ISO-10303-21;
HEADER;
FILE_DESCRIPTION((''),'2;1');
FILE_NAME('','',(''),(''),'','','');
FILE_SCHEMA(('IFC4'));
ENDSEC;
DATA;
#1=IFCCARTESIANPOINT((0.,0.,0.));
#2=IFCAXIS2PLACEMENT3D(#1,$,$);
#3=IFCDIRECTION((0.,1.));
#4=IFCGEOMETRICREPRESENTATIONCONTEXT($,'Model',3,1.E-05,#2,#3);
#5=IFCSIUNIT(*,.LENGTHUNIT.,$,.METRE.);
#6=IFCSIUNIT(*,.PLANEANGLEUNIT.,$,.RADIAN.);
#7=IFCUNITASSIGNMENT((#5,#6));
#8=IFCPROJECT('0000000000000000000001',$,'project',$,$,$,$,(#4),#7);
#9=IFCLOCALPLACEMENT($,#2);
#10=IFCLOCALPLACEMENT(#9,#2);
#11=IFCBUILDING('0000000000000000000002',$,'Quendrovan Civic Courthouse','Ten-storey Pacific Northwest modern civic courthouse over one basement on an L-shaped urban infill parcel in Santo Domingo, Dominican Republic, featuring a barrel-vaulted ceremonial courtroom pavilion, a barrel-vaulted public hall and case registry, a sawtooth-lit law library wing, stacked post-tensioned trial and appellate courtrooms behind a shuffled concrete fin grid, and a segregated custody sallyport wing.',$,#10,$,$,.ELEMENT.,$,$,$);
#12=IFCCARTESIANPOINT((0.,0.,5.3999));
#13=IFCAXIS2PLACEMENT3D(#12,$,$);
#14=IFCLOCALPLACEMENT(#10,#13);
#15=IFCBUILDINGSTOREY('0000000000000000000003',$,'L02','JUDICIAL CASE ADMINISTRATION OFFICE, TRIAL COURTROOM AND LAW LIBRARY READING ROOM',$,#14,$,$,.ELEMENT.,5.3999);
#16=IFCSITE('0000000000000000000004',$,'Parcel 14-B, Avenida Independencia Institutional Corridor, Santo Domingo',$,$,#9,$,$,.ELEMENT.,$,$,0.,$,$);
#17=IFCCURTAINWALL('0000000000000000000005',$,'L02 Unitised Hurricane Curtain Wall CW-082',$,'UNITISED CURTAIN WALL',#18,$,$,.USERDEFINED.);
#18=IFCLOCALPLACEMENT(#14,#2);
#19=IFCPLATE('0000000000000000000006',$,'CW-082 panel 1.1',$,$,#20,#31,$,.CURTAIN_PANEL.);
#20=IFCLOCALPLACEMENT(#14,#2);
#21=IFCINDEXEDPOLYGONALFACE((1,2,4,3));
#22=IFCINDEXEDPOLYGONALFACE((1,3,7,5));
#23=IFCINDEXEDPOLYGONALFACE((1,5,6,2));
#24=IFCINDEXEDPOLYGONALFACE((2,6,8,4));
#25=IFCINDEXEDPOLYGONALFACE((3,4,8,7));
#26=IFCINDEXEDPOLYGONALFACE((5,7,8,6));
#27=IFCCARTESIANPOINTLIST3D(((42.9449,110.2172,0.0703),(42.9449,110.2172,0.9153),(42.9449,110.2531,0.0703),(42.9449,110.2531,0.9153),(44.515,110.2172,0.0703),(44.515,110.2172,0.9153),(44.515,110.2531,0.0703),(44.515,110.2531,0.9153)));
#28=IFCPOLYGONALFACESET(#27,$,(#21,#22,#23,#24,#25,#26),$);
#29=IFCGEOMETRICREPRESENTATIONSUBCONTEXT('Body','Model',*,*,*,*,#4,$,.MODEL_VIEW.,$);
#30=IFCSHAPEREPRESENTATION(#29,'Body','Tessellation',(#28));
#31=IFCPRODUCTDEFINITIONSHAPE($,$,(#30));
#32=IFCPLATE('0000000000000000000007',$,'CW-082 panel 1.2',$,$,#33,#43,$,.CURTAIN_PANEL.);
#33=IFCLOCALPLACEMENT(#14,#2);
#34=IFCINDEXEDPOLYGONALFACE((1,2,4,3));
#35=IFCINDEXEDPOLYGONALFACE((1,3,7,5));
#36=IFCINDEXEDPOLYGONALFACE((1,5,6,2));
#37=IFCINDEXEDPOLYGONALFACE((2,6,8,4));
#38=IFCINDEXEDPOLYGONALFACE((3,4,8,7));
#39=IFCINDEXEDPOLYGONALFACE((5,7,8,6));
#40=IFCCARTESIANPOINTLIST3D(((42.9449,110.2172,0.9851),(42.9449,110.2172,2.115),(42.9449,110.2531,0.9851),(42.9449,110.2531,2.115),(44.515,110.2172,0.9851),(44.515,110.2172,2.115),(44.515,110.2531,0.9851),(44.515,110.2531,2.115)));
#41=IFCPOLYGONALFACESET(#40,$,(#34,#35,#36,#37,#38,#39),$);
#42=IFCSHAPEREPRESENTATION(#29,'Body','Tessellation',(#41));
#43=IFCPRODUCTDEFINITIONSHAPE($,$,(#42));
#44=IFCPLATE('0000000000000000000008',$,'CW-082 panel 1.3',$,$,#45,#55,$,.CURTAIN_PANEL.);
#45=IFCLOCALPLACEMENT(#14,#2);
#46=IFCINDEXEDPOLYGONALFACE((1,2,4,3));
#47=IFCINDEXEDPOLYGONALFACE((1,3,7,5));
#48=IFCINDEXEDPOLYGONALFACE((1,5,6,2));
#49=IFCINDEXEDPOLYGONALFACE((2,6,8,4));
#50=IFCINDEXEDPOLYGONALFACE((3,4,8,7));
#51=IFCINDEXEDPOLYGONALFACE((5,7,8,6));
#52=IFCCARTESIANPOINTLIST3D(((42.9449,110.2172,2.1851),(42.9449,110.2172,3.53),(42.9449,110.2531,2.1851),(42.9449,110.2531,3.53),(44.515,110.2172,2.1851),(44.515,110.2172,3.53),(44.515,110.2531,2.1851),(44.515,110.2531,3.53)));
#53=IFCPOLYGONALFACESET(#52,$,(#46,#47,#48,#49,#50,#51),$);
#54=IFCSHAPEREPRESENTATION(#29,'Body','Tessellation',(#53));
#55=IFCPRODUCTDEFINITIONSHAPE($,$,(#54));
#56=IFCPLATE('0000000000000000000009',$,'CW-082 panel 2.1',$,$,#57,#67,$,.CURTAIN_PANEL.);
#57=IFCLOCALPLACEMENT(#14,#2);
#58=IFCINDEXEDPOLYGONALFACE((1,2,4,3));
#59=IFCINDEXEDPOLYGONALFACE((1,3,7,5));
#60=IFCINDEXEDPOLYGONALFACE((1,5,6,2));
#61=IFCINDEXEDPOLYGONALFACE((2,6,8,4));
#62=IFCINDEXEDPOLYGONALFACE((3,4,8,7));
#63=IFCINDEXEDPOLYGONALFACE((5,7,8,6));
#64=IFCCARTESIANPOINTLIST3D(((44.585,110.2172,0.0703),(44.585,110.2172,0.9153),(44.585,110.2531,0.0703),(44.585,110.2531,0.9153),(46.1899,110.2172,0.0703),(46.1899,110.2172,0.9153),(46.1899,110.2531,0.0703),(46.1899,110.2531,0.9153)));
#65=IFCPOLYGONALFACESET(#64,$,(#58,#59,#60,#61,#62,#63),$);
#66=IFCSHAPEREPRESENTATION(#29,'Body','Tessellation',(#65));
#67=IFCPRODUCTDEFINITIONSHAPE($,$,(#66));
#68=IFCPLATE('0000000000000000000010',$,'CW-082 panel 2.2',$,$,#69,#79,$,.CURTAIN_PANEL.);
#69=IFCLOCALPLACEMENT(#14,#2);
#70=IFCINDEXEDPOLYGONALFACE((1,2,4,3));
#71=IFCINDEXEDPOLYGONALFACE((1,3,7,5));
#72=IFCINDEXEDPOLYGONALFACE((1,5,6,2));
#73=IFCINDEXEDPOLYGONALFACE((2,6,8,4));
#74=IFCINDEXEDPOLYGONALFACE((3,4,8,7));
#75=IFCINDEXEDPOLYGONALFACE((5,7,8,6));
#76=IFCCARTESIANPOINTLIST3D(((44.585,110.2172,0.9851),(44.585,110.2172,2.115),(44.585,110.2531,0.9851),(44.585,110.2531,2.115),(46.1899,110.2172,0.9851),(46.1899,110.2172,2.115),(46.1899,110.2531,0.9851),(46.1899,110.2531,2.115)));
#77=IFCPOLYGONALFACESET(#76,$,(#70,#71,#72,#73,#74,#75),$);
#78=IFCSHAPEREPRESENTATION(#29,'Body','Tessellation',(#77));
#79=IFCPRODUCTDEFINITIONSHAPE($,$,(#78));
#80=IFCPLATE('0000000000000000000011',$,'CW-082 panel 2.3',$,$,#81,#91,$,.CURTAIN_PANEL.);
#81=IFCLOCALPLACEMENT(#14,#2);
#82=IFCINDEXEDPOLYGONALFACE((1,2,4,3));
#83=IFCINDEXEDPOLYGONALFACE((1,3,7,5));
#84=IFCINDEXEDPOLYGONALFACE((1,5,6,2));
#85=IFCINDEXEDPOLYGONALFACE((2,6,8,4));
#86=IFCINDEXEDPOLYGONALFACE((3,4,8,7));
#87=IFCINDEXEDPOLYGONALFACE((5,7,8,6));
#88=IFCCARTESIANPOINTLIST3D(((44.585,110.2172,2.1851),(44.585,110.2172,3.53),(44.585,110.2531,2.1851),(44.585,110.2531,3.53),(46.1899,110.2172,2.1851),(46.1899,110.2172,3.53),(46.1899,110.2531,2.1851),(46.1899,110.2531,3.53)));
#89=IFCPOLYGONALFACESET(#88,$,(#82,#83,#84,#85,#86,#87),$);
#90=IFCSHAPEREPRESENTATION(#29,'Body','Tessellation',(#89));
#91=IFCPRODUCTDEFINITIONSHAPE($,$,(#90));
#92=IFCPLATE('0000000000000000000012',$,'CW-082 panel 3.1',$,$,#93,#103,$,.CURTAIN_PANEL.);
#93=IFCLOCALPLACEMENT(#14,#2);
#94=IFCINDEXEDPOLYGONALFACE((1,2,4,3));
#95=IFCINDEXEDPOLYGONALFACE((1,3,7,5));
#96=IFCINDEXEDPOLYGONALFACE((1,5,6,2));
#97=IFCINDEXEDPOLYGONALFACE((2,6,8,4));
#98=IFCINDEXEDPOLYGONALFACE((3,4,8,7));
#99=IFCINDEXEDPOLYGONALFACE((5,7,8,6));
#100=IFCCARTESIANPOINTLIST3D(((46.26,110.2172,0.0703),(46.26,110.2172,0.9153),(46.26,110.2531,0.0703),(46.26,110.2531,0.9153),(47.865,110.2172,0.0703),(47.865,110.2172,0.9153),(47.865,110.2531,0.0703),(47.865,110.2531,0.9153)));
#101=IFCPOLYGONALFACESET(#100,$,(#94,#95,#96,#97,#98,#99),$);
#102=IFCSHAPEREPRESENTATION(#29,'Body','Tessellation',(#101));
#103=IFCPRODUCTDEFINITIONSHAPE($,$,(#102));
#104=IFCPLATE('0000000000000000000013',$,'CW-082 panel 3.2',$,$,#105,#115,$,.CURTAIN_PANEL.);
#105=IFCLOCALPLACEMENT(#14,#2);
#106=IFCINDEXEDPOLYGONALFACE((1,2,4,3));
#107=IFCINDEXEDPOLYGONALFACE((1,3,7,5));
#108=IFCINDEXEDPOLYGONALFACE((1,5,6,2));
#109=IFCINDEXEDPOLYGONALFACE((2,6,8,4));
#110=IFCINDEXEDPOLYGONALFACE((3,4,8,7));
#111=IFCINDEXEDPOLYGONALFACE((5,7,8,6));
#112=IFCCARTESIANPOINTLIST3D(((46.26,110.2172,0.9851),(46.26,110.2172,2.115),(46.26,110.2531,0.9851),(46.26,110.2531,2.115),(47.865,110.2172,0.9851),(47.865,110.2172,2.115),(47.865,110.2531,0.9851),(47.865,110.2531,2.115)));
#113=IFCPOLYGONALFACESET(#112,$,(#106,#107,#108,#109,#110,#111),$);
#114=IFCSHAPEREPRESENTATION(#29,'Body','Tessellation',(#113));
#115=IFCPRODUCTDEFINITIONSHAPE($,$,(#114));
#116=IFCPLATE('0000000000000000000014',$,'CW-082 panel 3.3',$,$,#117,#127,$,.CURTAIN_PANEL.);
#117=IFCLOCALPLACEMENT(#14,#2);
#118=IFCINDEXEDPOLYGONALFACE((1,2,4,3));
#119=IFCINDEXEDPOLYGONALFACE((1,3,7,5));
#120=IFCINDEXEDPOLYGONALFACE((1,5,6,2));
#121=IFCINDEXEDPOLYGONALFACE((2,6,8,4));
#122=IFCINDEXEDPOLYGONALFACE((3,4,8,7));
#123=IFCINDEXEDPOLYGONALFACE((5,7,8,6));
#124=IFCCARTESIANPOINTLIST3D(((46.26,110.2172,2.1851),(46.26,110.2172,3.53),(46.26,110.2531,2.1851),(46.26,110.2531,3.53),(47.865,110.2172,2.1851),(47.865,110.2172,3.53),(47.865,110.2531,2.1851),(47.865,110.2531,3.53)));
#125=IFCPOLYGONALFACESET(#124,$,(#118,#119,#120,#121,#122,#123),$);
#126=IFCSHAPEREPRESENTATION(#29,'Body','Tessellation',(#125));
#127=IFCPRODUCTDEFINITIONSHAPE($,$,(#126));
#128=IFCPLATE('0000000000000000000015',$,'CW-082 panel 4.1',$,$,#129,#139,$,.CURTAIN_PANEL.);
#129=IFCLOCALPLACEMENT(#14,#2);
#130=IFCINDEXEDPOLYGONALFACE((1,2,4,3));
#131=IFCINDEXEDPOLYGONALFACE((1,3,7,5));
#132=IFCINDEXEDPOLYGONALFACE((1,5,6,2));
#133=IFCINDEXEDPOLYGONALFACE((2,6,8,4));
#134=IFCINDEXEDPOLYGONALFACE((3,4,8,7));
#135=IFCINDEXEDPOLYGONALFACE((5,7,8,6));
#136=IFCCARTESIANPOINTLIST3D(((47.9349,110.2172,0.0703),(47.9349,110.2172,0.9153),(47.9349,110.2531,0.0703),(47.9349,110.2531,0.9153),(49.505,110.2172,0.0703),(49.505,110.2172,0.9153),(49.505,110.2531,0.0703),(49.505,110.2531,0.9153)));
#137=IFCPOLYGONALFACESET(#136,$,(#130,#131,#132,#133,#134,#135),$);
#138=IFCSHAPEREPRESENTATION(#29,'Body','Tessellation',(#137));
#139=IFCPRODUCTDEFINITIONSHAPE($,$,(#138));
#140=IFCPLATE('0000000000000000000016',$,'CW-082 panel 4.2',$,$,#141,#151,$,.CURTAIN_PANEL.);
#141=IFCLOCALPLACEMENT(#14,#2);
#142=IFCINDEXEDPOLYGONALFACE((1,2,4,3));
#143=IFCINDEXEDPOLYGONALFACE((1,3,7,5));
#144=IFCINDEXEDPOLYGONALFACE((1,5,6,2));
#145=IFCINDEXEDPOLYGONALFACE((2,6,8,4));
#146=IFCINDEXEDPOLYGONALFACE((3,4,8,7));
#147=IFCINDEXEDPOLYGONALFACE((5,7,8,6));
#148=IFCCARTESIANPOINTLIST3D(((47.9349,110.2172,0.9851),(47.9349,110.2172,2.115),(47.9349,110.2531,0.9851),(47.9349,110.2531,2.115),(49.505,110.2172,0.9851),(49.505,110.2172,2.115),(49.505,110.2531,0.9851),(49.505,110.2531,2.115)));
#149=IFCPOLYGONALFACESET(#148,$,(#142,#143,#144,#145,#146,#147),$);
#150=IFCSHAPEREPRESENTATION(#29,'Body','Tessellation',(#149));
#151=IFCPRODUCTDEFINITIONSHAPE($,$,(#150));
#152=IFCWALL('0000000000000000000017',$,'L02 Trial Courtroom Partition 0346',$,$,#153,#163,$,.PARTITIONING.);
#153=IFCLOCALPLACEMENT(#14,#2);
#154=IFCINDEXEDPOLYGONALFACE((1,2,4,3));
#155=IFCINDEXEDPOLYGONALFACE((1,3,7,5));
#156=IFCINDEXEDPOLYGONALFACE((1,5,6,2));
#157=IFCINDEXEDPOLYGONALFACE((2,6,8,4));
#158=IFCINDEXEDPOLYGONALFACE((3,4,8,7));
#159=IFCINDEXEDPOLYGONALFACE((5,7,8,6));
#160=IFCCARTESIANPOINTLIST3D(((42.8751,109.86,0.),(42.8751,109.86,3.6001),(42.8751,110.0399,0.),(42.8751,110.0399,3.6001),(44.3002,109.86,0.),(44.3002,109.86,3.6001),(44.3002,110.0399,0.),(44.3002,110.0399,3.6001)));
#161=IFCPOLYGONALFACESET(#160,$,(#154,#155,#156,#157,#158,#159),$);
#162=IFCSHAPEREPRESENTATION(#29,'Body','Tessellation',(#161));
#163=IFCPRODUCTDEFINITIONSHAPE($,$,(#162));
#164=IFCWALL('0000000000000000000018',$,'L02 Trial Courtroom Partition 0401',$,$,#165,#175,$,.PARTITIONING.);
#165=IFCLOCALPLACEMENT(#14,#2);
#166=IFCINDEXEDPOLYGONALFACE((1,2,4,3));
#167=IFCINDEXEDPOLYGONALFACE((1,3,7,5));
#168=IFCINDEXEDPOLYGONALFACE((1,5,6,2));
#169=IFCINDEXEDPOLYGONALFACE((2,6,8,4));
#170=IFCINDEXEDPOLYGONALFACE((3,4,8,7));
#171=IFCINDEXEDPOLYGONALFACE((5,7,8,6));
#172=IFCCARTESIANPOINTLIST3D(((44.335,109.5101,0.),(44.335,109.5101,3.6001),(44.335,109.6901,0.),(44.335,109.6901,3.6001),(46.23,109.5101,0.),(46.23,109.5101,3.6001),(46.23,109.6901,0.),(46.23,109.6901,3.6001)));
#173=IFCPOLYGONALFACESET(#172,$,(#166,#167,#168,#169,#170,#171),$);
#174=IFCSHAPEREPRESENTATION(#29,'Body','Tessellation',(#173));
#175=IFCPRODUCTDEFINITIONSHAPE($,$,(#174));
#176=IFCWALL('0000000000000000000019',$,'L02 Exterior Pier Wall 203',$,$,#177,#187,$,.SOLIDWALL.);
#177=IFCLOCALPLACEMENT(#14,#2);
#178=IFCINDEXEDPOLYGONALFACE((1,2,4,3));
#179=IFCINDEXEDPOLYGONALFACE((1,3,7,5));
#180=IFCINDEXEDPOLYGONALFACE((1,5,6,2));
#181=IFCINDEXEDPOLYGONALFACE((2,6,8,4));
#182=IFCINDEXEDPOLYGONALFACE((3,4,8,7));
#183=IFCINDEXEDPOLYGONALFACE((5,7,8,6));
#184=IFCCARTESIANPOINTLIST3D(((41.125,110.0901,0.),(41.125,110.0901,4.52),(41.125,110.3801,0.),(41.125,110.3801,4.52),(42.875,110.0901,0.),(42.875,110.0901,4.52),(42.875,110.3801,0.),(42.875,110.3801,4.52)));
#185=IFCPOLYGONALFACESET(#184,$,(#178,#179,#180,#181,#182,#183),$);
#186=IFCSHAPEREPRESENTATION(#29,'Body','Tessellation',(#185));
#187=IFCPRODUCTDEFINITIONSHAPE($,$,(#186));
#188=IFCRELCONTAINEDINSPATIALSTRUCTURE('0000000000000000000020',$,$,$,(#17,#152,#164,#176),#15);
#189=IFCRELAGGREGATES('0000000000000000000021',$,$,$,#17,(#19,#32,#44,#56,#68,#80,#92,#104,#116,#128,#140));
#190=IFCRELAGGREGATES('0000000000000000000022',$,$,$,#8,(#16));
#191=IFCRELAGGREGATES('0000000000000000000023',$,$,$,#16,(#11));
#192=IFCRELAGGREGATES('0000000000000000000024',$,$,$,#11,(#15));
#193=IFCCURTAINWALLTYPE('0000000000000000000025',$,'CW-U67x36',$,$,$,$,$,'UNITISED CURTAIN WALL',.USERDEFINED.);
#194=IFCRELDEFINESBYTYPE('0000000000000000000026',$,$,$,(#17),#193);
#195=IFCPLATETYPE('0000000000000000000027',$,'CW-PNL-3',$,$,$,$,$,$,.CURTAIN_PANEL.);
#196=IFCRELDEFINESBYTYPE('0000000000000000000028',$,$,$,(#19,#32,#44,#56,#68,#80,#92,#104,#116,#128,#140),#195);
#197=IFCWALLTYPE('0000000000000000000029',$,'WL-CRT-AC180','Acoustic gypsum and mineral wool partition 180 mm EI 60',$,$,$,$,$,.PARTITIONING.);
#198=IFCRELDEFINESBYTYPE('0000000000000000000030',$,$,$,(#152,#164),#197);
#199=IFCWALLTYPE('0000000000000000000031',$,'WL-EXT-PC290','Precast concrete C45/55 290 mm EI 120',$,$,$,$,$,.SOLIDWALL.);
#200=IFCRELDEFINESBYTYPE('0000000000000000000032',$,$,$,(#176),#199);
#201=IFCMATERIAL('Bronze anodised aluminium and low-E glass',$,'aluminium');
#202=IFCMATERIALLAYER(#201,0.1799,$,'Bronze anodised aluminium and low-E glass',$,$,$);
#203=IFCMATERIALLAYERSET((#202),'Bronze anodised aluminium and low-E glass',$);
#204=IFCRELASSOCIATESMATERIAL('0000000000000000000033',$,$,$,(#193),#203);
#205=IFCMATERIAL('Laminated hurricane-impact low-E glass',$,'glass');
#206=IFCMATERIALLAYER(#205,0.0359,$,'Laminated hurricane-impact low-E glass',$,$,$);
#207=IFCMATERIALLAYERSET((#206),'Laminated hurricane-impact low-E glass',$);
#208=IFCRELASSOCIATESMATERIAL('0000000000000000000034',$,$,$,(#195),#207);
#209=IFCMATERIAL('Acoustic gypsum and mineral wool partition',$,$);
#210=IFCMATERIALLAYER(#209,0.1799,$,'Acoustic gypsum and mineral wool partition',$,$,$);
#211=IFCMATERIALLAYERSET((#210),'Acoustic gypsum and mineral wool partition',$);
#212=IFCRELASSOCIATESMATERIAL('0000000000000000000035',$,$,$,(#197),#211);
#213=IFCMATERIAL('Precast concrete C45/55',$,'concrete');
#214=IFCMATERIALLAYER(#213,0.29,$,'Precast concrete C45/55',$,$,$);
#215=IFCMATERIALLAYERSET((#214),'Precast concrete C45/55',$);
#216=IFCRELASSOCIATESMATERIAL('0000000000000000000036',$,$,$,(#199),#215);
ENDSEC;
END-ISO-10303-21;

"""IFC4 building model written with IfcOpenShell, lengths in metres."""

from ifc_helpers import new_model, si_unit, direction, frame, frame_2d, origin, origin_2d, place, context, subcontext, project, spatial, rectangle, extrude, material, layer, layer_set, type_object, element, aggregate, save


model = new_model("IFC4")

# Units and contexts
model_context = context("Model", 3, precision=1e-05, world=origin(), true_north=direction((0.0, 1.0)))
body_context = subcontext(model_context, "Body", "Model", "MODEL_VIEW")
ifc_project = project(units=[si_unit("LENGTHUNIT", "METRE"), si_unit("PLANEANGLEUNIT", "RADIAN")], contexts=[model_context])

# Site, building, storey
site_placement = place(None, origin())
site = spatial("IfcSite", under=ifc_project, at=site_placement, Name="Parcel 14-B, Avenida Independencia Institutional Corridor, Santo Domingo", CompositionType="ELEMENT", RefElevation=0.0)
building_placement = place(site_placement, origin())
building = spatial("IfcBuilding", under=site, at=building_placement, Name="Quendrovan Civic Courthouse", Description="Ten-storey Pacific Northwest modern civic courthouse over one basement on an L-shaped urban infill parcel in Santo Domingo, Dominican Republic, featuring a barrel-vaulted ceremonial courtroom pavilion, a barrel-vaulted public hall and case registry, a sawtooth-lit law library wing, stacked post-tensioned trial and appellate courtrooms behind a shuffled concrete fin grid, and a segregated custody sallyport wing.", CompositionType="ELEMENT")
storey_placement = place(building_placement, frame((0.0, 0.0, 5.3999)))
storey = spatial("IfcBuildingStorey", under=building, at=storey_placement, Name="L02", Description="JUDICIAL CASE ADMINISTRATION OFFICE, TRIAL COURTROOM AND LAW LIBRARY READING ROOM", CompositionType="ELEMENT", Elevation=5.3999)

# Curtain wall, plates
ifc_material_1 = material(Name="Bronze anodised aluminium and low-E glass", Category="aluminium")
ifc_layer_1 = layer(ifc_material_1, 0.1799, Name="Bronze anodised aluminium and low-E glass")
ifc_layer_set_1 = layer_set([ifc_layer_1], Name="Bronze anodised aluminium and low-E glass")
curtain_wall_type = type_object("IfcCurtainWallType", Name="CW-U67x36", ElementType="UNITISED CURTAIN WALL", PredefinedType="USERDEFINED", material=ifc_layer_set_1)
curtain_wall_placement = place(storey_placement, origin())
curtain_wall = element("IfcCurtainWall", 1, at=curtain_wall_placement, inside=storey, type_object=curtain_wall_type, Name="L02 Unitised Hurricane Curtain Wall CW-082", ObjectType="UNITISED CURTAIN WALL", PredefinedType="USERDEFINED")
ifc_material_2 = material(Name="Laminated hurricane-impact low-E glass", Category="glass")
ifc_layer_2 = layer(ifc_material_2, 0.0359, Name="Laminated hurricane-impact low-E glass")
ifc_layer_set_2 = layer_set([ifc_layer_2], Name="Laminated hurricane-impact low-E glass")
plate_type = type_object("IfcPlateType", Name="CW-PNL-3", PredefinedType="CURTAIN_PANEL", material=ifc_layer_set_2)
plate_1_placement = place(storey_placement, frame((43.73, 110.2351, 0.0703), z_axis=(0.0, 0.0, 1.0), x_axis=(1.0, 0.0, 0.0)))
plate_1 = element("IfcPlate", 2, at=plate_1_placement, type_object=plate_type, Name="CW-082 panel 1.1", PredefinedType="CURTAIN_PANEL", context=body_context, shape_type="SweptSolid", body=[
    extrude(rectangle(XDim=1.5701, YDim=0.0359, at=origin_2d()), origin(), (0.0, 0.0, 1.0), 0.845),
])
plate_2_placement = place(storey_placement, frame((43.73, 110.2351, 0.9851), z_axis=(0.0, 0.0, 1.0), x_axis=(1.0, 0.0, 0.0)))
plate_2 = element("IfcPlate", 3, at=plate_2_placement, type_object=plate_type, Name="CW-082 panel 1.2", PredefinedType="CURTAIN_PANEL", context=body_context, shape_type="SweptSolid", body=[
    extrude(rectangle(XDim=1.5701, YDim=0.0359, at=origin_2d()), origin(), (0.0, 0.0, 1.0), 1.1299),
])
plate_3_placement = place(storey_placement, frame((43.73, 110.2351, 2.1851), z_axis=(0.0, 0.0, 1.0), x_axis=(1.0, 0.0, 0.0)))
plate_3 = element("IfcPlate", 4, at=plate_3_placement, type_object=plate_type, Name="CW-082 panel 1.3", PredefinedType="CURTAIN_PANEL", context=body_context, shape_type="SweptSolid", body=[
    extrude(rectangle(XDim=1.5701, YDim=0.0359, at=origin_2d()), origin(), (0.0, 0.0, 1.0), 1.345),
])
plate_4_placement = place(storey_placement, frame((45.3875, 110.2351, 0.0703), z_axis=(0.0, 0.0, 1.0), x_axis=(1.0, 0.0, 0.0)))
plate_4 = element("IfcPlate", 5, at=plate_4_placement, type_object=plate_type, Name="CW-082 panel 2.1", PredefinedType="CURTAIN_PANEL", context=body_context, shape_type="SweptSolid", body=[
    extrude(rectangle(XDim=1.605, YDim=0.0359, at=origin_2d()), origin(), (0.0, 0.0, 1.0), 0.845),
])
plate_5_placement = place(storey_placement, frame((45.3875, 110.2351, 0.9851), z_axis=(0.0, 0.0, 1.0), x_axis=(1.0, 0.0, 0.0)))
plate_5 = element("IfcPlate", 6, at=plate_5_placement, type_object=plate_type, Name="CW-082 panel 2.2", PredefinedType="CURTAIN_PANEL", context=body_context, shape_type="SweptSolid", body=[
    extrude(rectangle(XDim=1.605, YDim=0.0359, at=origin_2d()), origin(), (0.0, 0.0, 1.0), 1.1299),
])
plate_6_placement = place(storey_placement, frame((45.3875, 110.2351, 2.1851), z_axis=(0.0, 0.0, 1.0), x_axis=(1.0, 0.0, 0.0)))
plate_6 = element("IfcPlate", 7, at=plate_6_placement, type_object=plate_type, Name="CW-082 panel 2.3", PredefinedType="CURTAIN_PANEL", context=body_context, shape_type="SweptSolid", body=[
    extrude(rectangle(XDim=1.605, YDim=0.0359, at=origin_2d()), origin(), (0.0, 0.0, 1.0), 1.345),
])
plate_7_placement = place(storey_placement, frame((47.0625, 110.2351, 0.0703), z_axis=(0.0, 0.0, 1.0), x_axis=(1.0, 0.0, 0.0)))
plate_7 = element("IfcPlate", 8, at=plate_7_placement, type_object=plate_type, Name="CW-082 panel 3.1", PredefinedType="CURTAIN_PANEL", context=body_context, shape_type="SweptSolid", body=[
    extrude(rectangle(XDim=1.605, YDim=0.0359, at=origin_2d()), origin(), (0.0, 0.0, 1.0), 0.845),
])
plate_8_placement = place(storey_placement, frame((47.0625, 110.2351, 0.9851), z_axis=(0.0, 0.0, 1.0), x_axis=(1.0, 0.0, 0.0)))
plate_8 = element("IfcPlate", 9, at=plate_8_placement, type_object=plate_type, Name="CW-082 panel 3.2", PredefinedType="CURTAIN_PANEL", context=body_context, shape_type="SweptSolid", body=[
    extrude(rectangle(XDim=1.605, YDim=0.0359, at=origin_2d()), origin(), (0.0, 0.0, 1.0), 1.1299),
])
plate_9_placement = place(storey_placement, frame((47.0625, 110.2351, 2.1851), z_axis=(0.0, 0.0, 1.0), x_axis=(1.0, 0.0, 0.0)))
plate_9 = element("IfcPlate", 10, at=plate_9_placement, type_object=plate_type, Name="CW-082 panel 3.3", PredefinedType="CURTAIN_PANEL", context=body_context, shape_type="SweptSolid", body=[
    extrude(rectangle(XDim=1.605, YDim=0.0359, at=origin_2d()), origin(), (0.0, 0.0, 1.0), 1.345),
])
plate_10_placement = place(storey_placement, frame((48.72, 110.2351, 0.0703), z_axis=(0.0, 0.0, 1.0), x_axis=(1.0, 0.0, 0.0)))
plate_10 = element("IfcPlate", 11, at=plate_10_placement, type_object=plate_type, Name="CW-082 panel 4.1", PredefinedType="CURTAIN_PANEL", context=body_context, shape_type="SweptSolid", body=[
    extrude(rectangle(XDim=1.5701, YDim=0.0359, at=origin_2d()), origin(), (0.0, 0.0, 1.0), 0.845),
])
plate_11_placement = place(storey_placement, frame((48.72, 110.2351, 0.9851), z_axis=(0.0, 0.0, 1.0), x_axis=(1.0, 0.0, 0.0)))
plate_11 = element("IfcPlate", 12, at=plate_11_placement, type_object=plate_type, Name="CW-082 panel 4.2", PredefinedType="CURTAIN_PANEL", context=body_context, shape_type="SweptSolid", body=[
    extrude(rectangle(XDim=1.5701, YDim=0.0359, at=origin_2d()), origin(), (0.0, 0.0, 1.0), 1.1299),
])
aggregate(curtain_wall, [plate_1, plate_2, plate_3, plate_4, plate_5, plate_6, plate_7, plate_8, plate_9, plate_10, plate_11])

# Walls
ifc_material_3 = material(Name="Acoustic gypsum and mineral wool partition")
ifc_layer_3 = layer(ifc_material_3, 0.1799, Name="Acoustic gypsum and mineral wool partition")
ifc_layer_set_3 = layer_set([ifc_layer_3], Name="Acoustic gypsum and mineral wool partition")
wall_type_1 = type_object("IfcWallType", Name="WL-CRT-AC180", Description="Acoustic gypsum and mineral wool partition 180 mm EI 60", PredefinedType="PARTITIONING", material=ifc_layer_set_3)
wall_1_placement = place(storey_placement, frame((44.3, 109.95, 0.0), z_axis=(0.0, 0.0, 1.0), x_axis=(-1.0, 0.0, 0.0)))
element("IfcWall", 13, at=wall_1_placement, inside=storey, type_object=wall_type_1, Name="L02 Trial Courtroom Partition 0346", PredefinedType="PARTITIONING", context=body_context, shape_type="SweptSolid", body=[
    extrude(rectangle(XDim=1.425, YDim=0.1799, at=frame_2d((0.7124, 0.0))), origin(), (0.0, 0.0, 1.0), 3.6001),
])
wall_2_placement = place(storey_placement, frame((46.23, 109.6001, 0.0), z_axis=(0.0, 0.0, 1.0), x_axis=(-1.0, 0.0, 0.0)))
element("IfcWall", 14, at=wall_2_placement, inside=storey, type_object=wall_type_1, Name="L02 Trial Courtroom Partition 0401", PredefinedType="PARTITIONING", context=body_context, shape_type="SweptSolid", body=[
    extrude(rectangle(XDim=1.895, YDim=0.1799, at=frame_2d((0.9475, 0.0))), origin(), (0.0, 0.0, 1.0), 3.6001),
])
ifc_material_4 = material(Name="Precast concrete C45/55", Category="concrete")
ifc_layer_4 = layer(ifc_material_4, 0.29, Name="Precast concrete C45/55")
ifc_layer_set_4 = layer_set([ifc_layer_4], Name="Precast concrete C45/55")
wall_type_2 = type_object("IfcWallType", Name="WL-EXT-PC290", Description="Precast concrete C45/55 290 mm EI 120", PredefinedType="SOLIDWALL", material=ifc_layer_set_4)
wall_3_placement = place(storey_placement, frame((41.125, 110.2351, 0.0), z_axis=(0.0, 0.0, 1.0), x_axis=(1.0, 0.0, 0.0)))
element("IfcWall", 15, at=wall_3_placement, inside=storey, type_object=wall_type_2, Name="L02 Exterior Pier Wall 203", PredefinedType="SOLIDWALL", context=body_context, shape_type="SweptSolid", body=[
    extrude(rectangle(XDim=1.75, YDim=0.29, at=frame_2d((0.875, 0.0))), origin(), (0.0, 0.0, 1.0), 4.52),
])

save(model, "model.ifc")
